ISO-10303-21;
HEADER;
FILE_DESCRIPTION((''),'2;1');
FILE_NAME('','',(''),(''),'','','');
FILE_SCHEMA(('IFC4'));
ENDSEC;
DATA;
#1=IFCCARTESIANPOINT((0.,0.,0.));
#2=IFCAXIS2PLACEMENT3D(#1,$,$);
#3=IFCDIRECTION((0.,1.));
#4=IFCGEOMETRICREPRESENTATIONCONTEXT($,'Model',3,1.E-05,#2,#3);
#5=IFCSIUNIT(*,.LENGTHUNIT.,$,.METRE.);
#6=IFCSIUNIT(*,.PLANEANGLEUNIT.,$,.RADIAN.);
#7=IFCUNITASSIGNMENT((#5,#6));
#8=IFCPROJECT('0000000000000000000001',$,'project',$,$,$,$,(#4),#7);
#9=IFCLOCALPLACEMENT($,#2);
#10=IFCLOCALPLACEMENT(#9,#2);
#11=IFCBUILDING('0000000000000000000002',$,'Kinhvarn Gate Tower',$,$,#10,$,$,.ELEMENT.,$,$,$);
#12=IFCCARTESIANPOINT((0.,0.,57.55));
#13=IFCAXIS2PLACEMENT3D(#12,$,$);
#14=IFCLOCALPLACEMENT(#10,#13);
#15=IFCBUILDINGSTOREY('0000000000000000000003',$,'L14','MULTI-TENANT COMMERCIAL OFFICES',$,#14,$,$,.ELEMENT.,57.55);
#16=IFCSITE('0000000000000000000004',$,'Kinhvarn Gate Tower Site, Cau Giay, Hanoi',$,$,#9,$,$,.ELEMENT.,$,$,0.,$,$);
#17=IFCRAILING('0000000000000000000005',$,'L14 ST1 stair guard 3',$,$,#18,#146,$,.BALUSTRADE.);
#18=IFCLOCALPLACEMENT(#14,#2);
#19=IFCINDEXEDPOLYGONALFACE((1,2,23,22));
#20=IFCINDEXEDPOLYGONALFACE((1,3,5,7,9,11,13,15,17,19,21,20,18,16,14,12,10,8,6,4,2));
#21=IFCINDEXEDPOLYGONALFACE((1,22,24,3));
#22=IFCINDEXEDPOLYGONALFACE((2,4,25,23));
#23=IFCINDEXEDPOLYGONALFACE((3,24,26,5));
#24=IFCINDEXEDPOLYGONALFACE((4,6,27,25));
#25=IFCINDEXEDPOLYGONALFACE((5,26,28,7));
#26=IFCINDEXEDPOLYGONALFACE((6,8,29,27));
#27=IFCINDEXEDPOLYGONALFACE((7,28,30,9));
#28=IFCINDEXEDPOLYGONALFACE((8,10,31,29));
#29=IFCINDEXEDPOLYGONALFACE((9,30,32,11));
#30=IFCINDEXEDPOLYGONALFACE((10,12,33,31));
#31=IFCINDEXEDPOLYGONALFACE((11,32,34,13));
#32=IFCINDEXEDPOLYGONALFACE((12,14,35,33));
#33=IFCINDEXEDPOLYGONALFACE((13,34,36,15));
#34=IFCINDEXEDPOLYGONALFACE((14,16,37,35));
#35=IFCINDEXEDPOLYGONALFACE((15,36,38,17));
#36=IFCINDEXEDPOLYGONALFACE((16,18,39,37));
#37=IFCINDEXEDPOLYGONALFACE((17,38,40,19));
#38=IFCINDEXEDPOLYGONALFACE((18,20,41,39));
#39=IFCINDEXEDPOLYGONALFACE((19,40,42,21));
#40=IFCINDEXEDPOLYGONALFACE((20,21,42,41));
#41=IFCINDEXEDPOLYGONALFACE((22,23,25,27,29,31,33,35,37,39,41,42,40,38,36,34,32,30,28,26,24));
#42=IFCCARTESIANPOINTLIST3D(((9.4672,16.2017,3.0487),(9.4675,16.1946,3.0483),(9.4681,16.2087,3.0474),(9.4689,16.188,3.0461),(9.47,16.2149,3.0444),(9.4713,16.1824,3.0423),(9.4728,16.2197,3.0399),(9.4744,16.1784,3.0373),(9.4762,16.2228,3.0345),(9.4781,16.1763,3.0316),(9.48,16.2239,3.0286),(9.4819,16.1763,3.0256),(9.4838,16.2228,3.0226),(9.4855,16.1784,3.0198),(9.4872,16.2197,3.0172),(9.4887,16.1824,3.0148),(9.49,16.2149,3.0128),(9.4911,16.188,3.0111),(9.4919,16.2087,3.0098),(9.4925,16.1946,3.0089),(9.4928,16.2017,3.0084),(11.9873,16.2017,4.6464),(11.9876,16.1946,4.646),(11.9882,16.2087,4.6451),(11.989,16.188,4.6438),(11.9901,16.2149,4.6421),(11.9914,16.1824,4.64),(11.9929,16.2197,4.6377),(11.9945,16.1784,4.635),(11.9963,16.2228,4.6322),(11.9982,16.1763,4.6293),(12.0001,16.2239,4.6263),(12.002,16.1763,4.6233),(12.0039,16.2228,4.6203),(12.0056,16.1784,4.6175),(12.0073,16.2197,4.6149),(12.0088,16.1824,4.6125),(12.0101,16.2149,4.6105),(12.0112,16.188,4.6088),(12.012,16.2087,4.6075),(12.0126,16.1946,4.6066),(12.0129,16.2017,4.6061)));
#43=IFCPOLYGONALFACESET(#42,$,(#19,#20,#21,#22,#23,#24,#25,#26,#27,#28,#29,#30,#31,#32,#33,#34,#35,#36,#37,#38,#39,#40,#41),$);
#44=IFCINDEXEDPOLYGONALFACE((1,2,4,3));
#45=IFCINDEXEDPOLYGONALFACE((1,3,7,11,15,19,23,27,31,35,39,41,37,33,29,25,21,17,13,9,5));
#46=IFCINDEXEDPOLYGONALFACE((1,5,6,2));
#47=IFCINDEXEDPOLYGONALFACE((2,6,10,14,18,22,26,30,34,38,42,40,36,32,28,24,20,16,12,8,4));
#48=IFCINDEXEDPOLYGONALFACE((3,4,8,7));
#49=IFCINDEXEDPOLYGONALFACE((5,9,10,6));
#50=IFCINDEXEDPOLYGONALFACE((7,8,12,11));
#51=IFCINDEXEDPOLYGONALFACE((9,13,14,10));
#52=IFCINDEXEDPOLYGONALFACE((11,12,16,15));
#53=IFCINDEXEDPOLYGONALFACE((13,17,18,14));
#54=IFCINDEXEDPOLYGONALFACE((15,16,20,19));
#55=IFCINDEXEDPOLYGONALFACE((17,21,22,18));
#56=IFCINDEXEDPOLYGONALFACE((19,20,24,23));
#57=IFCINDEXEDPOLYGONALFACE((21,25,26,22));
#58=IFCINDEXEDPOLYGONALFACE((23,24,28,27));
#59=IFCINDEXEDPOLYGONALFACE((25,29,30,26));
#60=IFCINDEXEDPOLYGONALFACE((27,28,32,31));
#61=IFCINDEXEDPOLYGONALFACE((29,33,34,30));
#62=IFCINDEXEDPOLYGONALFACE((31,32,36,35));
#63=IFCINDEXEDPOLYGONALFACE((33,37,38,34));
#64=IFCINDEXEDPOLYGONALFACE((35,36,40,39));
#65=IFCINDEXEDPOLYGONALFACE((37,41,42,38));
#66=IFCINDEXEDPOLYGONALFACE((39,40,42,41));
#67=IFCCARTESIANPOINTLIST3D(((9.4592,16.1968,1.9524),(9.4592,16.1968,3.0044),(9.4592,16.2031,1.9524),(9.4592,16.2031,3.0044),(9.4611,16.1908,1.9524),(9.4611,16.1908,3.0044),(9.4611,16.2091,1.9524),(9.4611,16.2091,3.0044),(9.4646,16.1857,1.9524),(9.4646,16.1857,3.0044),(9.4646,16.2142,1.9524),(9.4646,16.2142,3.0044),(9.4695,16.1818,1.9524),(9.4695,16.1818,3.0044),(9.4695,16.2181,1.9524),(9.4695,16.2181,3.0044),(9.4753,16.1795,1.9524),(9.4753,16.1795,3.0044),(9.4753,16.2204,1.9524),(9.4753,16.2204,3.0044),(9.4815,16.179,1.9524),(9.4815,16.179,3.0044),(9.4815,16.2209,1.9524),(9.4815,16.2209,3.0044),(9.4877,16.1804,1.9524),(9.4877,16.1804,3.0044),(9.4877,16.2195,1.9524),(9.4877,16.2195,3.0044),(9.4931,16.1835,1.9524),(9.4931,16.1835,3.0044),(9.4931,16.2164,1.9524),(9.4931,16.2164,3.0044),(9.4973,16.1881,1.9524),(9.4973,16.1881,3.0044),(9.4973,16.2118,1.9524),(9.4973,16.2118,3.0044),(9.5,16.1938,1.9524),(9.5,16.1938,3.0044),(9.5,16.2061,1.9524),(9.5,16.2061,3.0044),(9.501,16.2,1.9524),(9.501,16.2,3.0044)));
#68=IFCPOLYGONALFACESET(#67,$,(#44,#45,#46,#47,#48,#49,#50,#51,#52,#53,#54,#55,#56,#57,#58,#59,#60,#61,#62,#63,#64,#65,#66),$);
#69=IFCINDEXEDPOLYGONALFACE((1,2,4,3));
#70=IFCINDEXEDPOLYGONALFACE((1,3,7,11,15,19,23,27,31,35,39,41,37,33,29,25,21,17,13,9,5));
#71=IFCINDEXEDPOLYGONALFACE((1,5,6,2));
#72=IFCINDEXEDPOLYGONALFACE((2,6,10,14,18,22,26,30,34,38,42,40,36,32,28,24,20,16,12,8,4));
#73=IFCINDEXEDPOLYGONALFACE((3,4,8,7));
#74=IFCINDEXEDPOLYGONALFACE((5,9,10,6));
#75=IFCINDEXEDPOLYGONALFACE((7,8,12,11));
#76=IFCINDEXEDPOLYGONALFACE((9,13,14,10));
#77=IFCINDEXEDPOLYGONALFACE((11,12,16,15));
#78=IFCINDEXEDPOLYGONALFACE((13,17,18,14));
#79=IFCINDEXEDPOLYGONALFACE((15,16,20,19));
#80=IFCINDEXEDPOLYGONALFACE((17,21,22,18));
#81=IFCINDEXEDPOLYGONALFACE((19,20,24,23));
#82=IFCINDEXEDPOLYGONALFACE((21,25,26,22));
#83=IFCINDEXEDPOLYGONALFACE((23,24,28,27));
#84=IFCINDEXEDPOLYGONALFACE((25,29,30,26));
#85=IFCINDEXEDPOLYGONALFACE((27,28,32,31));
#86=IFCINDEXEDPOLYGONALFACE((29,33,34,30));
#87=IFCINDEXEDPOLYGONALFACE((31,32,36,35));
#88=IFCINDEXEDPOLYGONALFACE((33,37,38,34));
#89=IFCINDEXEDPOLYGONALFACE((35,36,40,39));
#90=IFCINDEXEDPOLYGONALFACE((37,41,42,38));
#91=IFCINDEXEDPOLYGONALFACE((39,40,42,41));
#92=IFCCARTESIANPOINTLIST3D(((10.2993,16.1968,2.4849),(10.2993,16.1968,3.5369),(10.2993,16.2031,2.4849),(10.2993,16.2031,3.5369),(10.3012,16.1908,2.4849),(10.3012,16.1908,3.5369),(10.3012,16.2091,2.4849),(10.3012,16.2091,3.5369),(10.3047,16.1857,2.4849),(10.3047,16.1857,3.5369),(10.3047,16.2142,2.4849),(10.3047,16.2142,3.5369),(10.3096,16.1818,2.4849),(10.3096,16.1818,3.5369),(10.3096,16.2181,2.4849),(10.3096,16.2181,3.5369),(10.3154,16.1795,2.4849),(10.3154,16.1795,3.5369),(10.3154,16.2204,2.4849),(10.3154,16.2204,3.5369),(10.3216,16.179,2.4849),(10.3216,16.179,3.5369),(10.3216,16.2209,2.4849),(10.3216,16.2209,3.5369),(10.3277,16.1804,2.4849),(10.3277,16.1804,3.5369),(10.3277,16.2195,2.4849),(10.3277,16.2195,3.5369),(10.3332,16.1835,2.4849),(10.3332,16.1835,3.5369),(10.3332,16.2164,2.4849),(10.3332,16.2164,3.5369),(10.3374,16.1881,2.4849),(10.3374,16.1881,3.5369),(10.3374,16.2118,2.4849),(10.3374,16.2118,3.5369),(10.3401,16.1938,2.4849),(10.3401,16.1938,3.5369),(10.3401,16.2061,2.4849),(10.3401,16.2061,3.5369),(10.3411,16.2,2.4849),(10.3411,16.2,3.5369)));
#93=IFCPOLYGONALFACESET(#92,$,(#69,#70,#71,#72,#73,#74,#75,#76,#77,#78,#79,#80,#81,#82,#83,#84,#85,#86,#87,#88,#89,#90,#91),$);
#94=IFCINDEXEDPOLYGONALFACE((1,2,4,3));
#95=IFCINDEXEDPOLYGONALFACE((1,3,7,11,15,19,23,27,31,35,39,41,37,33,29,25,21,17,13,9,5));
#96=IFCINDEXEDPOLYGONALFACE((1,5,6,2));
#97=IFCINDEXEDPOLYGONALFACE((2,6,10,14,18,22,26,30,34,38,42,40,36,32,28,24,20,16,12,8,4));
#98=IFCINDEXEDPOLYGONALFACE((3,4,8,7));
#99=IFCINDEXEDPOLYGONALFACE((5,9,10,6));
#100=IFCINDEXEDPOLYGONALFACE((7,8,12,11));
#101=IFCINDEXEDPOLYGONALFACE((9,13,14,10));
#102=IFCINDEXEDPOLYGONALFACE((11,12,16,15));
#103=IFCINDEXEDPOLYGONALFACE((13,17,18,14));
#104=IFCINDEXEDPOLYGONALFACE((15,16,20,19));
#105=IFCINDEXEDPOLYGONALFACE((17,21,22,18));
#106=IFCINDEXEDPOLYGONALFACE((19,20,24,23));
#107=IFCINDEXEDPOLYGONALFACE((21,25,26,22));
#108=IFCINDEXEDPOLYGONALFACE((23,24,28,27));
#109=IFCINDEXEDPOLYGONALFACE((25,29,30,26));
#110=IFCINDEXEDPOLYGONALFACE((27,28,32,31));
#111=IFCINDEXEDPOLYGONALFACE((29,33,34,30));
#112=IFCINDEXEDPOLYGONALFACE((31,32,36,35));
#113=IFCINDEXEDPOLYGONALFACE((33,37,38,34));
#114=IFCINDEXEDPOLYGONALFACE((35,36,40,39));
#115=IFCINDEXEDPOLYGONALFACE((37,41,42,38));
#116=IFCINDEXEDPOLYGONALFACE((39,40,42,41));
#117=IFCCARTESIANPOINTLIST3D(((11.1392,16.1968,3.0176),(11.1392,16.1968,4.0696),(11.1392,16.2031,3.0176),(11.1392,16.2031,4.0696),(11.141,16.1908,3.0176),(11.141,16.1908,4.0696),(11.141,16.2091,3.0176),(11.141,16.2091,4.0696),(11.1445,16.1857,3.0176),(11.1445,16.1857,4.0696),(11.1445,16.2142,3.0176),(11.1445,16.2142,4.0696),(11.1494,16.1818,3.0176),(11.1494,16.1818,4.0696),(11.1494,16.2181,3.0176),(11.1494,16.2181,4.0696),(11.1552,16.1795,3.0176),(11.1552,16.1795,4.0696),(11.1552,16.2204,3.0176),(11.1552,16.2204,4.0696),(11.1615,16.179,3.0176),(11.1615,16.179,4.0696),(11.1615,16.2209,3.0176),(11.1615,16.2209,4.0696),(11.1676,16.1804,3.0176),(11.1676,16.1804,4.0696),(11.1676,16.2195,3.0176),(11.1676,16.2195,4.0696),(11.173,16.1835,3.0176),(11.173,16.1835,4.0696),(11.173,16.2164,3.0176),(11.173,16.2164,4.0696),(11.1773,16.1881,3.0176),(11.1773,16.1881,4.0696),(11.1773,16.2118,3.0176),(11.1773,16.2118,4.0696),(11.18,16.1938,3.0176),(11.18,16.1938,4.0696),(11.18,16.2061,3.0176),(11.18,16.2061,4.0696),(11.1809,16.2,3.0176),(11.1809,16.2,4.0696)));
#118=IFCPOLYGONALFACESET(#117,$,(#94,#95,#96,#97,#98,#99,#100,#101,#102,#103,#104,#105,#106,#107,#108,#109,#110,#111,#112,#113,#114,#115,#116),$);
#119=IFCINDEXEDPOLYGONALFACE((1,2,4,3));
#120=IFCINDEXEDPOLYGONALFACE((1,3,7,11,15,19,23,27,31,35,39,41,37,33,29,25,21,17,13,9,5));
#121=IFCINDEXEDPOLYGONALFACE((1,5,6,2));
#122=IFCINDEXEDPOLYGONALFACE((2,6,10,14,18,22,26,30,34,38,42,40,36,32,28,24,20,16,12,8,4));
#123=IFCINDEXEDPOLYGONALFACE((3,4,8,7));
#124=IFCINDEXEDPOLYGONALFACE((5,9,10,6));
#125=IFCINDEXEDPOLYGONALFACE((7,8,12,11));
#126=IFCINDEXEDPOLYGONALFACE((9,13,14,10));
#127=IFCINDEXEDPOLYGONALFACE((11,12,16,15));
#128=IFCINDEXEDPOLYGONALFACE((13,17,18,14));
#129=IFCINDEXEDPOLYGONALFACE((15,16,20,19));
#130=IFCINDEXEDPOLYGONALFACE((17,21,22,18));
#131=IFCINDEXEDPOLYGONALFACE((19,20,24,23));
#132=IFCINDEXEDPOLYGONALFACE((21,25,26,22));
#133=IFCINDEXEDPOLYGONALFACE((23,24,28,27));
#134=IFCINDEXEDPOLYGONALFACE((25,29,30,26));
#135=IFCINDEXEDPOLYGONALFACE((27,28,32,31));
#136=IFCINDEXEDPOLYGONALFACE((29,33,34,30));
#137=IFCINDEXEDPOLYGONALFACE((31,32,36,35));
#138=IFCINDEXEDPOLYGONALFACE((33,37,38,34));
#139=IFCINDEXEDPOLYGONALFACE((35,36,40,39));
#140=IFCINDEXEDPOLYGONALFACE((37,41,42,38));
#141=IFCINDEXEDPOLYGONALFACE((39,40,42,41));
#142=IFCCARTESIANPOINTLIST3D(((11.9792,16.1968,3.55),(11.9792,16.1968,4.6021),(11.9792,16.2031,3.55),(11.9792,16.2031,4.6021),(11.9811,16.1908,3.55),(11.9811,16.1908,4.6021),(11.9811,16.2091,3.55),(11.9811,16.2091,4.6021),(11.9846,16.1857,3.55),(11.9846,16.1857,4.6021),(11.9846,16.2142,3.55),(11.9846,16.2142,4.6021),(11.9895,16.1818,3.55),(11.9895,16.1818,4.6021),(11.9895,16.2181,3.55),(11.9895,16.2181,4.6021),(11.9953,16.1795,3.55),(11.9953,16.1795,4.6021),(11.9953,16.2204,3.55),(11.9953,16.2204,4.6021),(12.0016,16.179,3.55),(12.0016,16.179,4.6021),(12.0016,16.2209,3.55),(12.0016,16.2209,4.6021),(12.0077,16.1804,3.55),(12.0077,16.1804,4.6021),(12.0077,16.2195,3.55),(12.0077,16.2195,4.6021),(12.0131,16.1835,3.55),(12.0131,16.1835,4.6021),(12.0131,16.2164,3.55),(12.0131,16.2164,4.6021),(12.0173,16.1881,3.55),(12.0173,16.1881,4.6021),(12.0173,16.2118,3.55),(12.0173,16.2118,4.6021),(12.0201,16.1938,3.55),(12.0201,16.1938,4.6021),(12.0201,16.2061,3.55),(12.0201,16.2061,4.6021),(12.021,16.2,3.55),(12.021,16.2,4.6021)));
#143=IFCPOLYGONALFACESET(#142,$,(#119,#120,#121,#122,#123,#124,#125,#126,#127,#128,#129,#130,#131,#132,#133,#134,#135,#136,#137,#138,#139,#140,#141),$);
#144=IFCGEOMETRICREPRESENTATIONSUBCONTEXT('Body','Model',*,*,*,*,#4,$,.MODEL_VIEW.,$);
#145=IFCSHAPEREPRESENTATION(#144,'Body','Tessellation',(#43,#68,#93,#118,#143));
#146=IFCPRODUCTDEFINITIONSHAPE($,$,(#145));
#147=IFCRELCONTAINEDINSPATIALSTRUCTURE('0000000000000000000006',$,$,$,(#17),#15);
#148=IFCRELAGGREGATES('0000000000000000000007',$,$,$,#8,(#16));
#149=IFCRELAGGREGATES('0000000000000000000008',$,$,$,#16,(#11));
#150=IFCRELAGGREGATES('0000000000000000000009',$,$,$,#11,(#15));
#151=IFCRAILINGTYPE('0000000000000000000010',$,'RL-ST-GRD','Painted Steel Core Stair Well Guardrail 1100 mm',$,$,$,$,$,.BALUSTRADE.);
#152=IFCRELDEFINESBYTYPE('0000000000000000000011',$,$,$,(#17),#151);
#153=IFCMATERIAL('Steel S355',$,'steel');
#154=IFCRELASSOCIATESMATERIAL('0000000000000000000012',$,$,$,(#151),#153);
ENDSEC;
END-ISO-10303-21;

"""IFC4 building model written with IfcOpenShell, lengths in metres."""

from ifc_helpers import new_model, si_unit, direction, frame, origin, origin_2d, place, context, subcontext, project, spatial, circle, extrude, material, type_object, element, save


model = new_model("IFC4")

# Units and contexts
model_context = context("Model", 3, precision=1e-05, world=origin(), true_north=direction((0.0, 1.0)))
body_context = subcontext(model_context, "Body", "Model", "MODEL_VIEW")
ifc_project = project(units=[si_unit("LENGTHUNIT", "METRE"), si_unit("PLANEANGLEUNIT", "RADIAN")], contexts=[model_context])

# Site, building, storey
site_placement = place(None, origin())
site = spatial("IfcSite", under=ifc_project, at=site_placement, Name="Kinhvarn Gate Tower Site, Cau Giay, Hanoi", CompositionType="ELEMENT", RefElevation=0.0)
building_placement = place(site_placement, origin())
building = spatial("IfcBuilding", under=site, at=building_placement, Name="Kinhvarn Gate Tower", CompositionType="ELEMENT")
storey_placement = place(building_placement, frame((0.0, 0.0, 57.55)))
storey = spatial("IfcBuildingStorey", under=building, at=storey_placement, Name="L14", Description="MULTI-TENANT COMMERCIAL OFFICES", CompositionType="ELEMENT", Elevation=57.55)

# Shared definitions
ifc_material_1 = material(Name="Steel S355", Category="steel")

# Railing
railing_type_1 = type_object("IfcRailingType", Name="RL-ST-GRD", Description="Painted Steel Core Stair Well Guardrail 1100 mm", PredefinedType="BALUSTRADE", material=ifc_material_1)
railing_1_placement = place(storey_placement, frame((9.48, 16.2, 1.9524)))
element("IfcRailing", 1, at=railing_1_placement, inside=storey, type_object=railing_type_1, Name="L14 ST1 stair guard 3", PredefinedType="BALUSTRADE", context=body_context, shape_type="SweptSolid", body=[
    extrude(circle(Radius=0.0239, at=origin_2d()), frame((0.0, 0.0, 1.0762), z_axis=(0.84457, 0.0, 0.535445), x_axis=(0.0, 1.0, 0.0)), (0.0, 0.0, 1.0), 2.9839),
    extrude(circle(Radius=0.021, at=origin_2d()), origin(), (0.0, 0.0, 1.0), 1.052),
    extrude(circle(Radius=0.021, at=origin_2d()), frame((0.8401, 0.0, 0.5325)), (0.0, 0.0, 1.0), 1.052),
    extrude(circle(Radius=0.021, at=origin_2d()), frame((1.6799, 0.0, 1.0652)), (0.0, 0.0, 1.0), 1.052),
    extrude(circle(Radius=0.021, at=origin_2d()), frame((2.52, 0.0, 1.5977)), (0.0, 0.0, 1.0), 1.052),
])

save(model, "model.ifc")
